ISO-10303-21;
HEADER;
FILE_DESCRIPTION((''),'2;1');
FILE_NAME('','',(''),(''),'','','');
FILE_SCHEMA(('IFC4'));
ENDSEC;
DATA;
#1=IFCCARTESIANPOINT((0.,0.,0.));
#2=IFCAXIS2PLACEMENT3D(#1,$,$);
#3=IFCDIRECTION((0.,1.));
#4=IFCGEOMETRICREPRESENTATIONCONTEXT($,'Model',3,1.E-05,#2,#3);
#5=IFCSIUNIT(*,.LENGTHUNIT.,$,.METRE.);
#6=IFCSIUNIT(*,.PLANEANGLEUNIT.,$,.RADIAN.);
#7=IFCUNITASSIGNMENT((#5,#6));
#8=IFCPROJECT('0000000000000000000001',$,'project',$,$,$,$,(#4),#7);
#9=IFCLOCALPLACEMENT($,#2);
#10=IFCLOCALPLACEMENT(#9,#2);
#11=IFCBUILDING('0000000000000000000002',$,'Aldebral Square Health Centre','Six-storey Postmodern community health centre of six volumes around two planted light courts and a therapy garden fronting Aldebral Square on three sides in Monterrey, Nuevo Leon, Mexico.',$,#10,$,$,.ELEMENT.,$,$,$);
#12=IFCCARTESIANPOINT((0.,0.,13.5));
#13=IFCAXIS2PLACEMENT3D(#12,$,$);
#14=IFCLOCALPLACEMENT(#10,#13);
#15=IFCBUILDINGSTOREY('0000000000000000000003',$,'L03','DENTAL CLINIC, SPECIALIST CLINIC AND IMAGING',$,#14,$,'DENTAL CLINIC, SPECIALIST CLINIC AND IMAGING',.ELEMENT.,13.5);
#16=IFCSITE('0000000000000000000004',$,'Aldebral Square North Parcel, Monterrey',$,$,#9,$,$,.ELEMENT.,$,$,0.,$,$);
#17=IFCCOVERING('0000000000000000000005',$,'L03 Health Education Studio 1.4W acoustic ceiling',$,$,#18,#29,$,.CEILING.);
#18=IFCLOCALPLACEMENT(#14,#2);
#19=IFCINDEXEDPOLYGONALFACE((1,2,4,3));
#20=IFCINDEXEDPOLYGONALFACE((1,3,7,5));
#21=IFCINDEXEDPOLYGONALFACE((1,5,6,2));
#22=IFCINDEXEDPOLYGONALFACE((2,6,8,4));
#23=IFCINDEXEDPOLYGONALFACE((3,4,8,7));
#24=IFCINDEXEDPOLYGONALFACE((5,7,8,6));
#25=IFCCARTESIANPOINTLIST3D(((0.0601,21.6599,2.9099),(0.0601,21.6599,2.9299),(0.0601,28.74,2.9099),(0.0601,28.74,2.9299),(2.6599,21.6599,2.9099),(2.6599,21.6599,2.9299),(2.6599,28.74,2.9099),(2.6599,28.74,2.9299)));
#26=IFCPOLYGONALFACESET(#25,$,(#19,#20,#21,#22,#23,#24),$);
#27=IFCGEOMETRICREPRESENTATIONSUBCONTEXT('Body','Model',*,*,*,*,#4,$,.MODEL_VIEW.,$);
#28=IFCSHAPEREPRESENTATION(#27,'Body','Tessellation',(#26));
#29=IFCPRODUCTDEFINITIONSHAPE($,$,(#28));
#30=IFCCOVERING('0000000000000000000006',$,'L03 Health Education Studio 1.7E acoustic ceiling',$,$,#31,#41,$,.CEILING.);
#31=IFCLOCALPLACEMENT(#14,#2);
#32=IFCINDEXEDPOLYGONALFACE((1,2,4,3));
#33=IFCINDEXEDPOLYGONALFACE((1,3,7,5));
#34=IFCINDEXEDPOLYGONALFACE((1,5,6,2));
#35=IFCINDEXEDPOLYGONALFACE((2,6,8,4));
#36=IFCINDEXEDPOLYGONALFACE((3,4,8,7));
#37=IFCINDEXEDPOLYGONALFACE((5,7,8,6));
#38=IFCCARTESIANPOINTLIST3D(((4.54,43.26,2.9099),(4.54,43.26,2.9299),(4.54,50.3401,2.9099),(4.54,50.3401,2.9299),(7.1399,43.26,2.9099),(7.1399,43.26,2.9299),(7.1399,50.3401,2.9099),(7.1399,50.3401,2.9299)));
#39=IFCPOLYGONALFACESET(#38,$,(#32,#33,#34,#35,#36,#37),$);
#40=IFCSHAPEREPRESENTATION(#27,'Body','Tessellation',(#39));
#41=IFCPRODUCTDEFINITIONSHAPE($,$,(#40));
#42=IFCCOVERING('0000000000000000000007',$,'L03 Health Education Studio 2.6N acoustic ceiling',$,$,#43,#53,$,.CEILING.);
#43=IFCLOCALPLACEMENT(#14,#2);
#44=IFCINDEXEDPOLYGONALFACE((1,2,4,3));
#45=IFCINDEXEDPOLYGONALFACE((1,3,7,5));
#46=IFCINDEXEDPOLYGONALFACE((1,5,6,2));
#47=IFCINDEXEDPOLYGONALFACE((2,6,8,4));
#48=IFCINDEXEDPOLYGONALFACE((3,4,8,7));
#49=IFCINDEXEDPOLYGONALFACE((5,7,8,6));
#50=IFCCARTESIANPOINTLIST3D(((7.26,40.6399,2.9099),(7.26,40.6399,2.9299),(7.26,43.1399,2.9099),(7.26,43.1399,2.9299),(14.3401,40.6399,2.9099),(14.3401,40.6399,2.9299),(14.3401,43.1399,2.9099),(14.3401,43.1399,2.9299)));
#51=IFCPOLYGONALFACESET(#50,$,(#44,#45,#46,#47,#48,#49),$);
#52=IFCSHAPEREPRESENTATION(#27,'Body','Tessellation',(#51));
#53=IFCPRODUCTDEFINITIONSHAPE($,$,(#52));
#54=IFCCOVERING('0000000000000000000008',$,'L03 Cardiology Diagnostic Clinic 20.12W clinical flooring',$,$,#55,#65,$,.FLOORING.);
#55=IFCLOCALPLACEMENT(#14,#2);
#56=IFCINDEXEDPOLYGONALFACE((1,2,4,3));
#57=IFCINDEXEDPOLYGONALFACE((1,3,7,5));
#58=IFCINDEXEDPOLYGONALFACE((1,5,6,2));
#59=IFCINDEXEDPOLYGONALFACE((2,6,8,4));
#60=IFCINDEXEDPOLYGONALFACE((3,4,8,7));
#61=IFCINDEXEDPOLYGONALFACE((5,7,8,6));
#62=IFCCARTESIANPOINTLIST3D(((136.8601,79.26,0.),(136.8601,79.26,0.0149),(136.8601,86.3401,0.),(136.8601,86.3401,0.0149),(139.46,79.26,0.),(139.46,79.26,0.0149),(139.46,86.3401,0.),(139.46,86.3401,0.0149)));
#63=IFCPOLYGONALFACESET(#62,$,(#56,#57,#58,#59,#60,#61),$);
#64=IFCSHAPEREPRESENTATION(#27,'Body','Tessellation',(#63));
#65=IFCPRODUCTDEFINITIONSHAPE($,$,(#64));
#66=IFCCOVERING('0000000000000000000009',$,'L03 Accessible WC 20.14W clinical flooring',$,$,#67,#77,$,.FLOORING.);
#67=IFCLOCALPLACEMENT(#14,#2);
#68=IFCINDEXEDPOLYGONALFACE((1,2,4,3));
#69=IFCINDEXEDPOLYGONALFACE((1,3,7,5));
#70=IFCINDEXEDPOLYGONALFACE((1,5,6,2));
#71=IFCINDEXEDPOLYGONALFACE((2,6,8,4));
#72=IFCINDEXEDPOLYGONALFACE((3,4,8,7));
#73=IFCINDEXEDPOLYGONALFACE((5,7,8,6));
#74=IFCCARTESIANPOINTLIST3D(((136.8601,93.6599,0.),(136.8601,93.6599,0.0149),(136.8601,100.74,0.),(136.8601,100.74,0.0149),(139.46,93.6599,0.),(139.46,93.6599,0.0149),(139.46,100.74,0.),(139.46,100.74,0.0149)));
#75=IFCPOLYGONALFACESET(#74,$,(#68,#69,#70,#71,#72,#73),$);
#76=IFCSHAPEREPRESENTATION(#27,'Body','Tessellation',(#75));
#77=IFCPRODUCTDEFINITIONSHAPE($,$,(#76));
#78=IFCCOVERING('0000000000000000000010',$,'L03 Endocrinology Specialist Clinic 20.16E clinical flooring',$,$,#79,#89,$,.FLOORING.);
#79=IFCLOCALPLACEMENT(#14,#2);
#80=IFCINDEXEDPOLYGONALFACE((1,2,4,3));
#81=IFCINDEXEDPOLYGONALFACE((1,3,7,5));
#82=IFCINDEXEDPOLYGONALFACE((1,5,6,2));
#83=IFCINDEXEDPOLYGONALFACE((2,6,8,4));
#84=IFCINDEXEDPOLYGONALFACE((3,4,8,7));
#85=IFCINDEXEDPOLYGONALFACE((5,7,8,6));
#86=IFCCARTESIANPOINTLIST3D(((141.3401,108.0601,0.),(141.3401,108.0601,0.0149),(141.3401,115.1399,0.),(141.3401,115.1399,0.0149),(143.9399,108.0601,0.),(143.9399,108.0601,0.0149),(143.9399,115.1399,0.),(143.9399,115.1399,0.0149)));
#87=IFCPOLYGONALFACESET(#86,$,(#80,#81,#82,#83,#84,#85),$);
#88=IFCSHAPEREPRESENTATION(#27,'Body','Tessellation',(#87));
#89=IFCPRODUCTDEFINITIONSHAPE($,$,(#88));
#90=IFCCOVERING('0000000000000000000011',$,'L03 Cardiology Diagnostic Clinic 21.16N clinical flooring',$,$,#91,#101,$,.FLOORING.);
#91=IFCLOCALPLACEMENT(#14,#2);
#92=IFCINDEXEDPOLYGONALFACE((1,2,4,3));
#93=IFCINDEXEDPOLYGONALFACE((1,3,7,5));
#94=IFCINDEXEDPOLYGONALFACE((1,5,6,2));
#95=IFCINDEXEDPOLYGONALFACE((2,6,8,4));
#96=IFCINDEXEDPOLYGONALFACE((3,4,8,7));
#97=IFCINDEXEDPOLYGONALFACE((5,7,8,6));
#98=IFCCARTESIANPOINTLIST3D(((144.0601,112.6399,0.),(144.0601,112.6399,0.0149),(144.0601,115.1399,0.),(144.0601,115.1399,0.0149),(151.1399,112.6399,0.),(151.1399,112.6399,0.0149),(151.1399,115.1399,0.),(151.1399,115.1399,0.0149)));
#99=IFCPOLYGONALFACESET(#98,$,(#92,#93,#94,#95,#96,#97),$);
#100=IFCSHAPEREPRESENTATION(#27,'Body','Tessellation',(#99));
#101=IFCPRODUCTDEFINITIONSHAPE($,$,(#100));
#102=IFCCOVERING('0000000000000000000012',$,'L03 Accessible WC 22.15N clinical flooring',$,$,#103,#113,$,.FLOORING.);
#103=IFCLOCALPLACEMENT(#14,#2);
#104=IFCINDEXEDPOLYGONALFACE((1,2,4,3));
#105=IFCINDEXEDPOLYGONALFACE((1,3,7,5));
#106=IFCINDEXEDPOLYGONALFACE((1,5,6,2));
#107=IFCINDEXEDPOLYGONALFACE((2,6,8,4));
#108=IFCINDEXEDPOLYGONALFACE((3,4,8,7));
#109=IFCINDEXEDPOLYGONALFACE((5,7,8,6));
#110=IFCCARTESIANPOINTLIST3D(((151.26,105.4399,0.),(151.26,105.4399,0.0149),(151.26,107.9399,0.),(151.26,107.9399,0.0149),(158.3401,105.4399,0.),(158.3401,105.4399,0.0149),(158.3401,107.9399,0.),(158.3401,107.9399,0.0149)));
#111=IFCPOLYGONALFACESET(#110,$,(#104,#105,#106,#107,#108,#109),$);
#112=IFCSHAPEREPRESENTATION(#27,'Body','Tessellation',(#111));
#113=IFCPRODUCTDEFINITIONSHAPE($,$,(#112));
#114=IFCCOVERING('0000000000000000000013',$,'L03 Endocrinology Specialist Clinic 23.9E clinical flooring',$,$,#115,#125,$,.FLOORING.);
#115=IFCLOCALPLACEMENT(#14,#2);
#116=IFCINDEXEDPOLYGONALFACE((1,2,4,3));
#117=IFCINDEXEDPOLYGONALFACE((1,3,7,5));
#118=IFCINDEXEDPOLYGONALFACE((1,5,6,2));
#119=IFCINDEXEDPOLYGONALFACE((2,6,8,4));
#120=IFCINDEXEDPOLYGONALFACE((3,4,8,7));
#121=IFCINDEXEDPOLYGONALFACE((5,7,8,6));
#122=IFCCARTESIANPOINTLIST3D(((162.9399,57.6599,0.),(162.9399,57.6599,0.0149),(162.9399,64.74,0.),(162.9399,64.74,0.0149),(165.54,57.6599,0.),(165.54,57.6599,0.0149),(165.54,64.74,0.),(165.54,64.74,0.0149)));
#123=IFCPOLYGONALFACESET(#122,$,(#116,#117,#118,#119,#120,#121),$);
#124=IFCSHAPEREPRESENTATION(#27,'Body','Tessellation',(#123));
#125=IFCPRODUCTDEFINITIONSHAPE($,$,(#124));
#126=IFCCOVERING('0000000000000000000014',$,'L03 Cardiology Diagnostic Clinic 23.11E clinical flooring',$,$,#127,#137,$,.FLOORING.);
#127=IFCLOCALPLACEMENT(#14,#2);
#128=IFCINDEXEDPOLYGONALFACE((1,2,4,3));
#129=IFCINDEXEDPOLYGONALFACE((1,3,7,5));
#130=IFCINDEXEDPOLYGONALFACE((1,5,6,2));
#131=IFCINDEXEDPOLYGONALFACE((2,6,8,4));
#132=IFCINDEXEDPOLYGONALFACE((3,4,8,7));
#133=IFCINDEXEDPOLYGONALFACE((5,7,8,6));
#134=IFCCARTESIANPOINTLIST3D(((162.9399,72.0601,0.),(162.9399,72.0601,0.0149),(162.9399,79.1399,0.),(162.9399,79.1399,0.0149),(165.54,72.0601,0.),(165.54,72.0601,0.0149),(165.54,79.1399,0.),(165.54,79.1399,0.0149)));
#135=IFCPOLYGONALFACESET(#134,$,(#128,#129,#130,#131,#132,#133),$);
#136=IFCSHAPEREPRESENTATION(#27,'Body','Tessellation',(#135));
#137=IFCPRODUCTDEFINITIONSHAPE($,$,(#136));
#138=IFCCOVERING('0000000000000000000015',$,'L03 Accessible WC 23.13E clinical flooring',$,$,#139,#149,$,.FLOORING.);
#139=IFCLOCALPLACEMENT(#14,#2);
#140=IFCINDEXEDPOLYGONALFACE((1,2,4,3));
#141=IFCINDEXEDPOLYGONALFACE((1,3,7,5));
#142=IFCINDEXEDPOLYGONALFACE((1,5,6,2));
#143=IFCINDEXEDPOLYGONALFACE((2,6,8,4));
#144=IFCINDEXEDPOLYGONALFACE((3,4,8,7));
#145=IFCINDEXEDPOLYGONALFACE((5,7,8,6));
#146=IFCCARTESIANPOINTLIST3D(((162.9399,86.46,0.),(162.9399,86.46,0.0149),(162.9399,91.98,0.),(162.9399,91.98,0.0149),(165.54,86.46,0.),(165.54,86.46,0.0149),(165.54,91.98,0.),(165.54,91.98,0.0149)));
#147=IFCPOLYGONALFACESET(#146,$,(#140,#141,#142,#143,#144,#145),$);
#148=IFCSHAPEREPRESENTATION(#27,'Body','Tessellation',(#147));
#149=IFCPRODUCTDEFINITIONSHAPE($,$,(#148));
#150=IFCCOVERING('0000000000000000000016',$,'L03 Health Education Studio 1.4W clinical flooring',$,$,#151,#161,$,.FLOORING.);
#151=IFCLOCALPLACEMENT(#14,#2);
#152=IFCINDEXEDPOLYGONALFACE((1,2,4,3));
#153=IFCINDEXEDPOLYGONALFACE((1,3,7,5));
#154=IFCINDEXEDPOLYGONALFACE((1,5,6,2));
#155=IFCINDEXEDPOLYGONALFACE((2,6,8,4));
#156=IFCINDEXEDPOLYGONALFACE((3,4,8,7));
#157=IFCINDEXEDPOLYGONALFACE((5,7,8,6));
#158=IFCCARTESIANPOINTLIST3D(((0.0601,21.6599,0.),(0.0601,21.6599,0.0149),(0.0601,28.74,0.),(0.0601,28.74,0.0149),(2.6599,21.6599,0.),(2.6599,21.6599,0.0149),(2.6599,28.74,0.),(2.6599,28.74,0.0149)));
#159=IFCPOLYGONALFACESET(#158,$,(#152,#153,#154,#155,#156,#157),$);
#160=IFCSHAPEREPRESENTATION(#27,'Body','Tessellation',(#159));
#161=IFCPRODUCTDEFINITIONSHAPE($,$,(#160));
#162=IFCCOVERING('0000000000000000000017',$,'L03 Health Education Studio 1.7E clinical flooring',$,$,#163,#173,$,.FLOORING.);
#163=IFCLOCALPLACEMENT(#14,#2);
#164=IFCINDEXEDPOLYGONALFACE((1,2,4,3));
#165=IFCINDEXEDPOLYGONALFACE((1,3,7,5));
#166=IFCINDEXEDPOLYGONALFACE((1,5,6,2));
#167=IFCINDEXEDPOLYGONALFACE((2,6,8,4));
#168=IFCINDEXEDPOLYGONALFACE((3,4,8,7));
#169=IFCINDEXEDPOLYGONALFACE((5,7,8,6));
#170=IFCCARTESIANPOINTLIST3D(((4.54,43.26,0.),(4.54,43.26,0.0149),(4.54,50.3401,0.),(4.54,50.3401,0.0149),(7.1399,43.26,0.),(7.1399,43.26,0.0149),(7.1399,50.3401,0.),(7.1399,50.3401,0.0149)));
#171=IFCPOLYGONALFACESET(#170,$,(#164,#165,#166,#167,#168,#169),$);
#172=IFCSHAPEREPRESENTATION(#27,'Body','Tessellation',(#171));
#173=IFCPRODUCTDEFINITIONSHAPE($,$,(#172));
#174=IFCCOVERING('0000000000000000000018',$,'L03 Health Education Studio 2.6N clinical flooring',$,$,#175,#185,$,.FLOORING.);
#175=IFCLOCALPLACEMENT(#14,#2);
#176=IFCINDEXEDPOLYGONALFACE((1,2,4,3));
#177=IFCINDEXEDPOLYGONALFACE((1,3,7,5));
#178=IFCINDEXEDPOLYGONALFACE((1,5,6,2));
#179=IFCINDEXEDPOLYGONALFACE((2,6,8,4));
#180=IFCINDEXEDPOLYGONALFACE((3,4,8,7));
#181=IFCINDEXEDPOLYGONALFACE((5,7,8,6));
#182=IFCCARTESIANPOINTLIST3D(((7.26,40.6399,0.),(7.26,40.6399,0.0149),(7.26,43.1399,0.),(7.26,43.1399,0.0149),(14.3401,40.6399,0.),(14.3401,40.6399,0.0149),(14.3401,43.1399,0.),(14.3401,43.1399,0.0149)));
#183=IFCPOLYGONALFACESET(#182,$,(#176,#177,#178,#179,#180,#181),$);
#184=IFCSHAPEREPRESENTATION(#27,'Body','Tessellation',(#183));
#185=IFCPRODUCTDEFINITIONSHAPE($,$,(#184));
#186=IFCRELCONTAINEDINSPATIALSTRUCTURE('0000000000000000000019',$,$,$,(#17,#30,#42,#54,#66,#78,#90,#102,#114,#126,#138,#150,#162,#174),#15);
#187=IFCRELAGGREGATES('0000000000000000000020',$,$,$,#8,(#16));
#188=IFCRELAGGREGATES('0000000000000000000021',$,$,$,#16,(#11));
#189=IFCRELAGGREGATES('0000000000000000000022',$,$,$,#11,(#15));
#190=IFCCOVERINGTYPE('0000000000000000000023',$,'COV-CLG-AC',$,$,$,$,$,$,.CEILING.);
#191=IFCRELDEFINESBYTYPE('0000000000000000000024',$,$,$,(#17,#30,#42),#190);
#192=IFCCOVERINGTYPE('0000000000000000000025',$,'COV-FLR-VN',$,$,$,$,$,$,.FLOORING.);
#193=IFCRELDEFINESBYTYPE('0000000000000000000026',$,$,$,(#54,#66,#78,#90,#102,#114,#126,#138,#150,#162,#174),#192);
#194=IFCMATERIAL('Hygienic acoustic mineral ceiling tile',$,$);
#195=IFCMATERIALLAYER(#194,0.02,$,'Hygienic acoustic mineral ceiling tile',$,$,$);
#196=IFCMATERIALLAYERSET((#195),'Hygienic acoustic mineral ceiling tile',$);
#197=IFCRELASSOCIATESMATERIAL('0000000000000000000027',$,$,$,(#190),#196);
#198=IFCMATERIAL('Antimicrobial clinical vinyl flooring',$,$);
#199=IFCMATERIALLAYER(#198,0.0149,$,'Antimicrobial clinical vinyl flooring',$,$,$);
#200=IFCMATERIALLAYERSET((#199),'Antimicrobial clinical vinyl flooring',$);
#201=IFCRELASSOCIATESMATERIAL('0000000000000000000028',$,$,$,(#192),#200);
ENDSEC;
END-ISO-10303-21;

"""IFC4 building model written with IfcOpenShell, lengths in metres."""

from ifc_helpers import new_model, si_unit, direction, frame, origin, place, context, subcontext, project, spatial, polyline, outline, extrude, material, layer, layer_set, type_object, element, save


model = new_model("IFC4")

# Units and contexts
model_context = context("Model", 3, precision=1e-05, world=origin(), true_north=direction((0.0, 1.0)))
body_context = subcontext(model_context, "Body", "Model", "MODEL_VIEW")
ifc_project = project(units=[si_unit("LENGTHUNIT", "METRE"), si_unit("PLANEANGLEUNIT", "RADIAN")], contexts=[model_context])

# Site, building, storey
site_placement = place(None, origin())
site = spatial("IfcSite", under=ifc_project, at=site_placement, Name="Aldebral Square North Parcel, Monterrey", CompositionType="ELEMENT", RefElevation=0.0)
building_placement = place(site_placement, origin())
building = spatial("IfcBuilding", under=site, at=building_placement, Name="Aldebral Square Health Centre", Description="Six-storey Postmodern community health centre of six volumes around two planted light courts and a therapy garden fronting Aldebral Square on three sides in Monterrey, Nuevo Leon, Mexico.", CompositionType="ELEMENT")
storey_placement = place(building_placement, frame((0.0, 0.0, 13.5)))
storey = spatial("IfcBuildingStorey", under=building, at=storey_placement, Name="L03", Description="DENTAL CLINIC, SPECIALIST CLINIC AND IMAGING", LongName="DENTAL CLINIC, SPECIALIST CLINIC AND IMAGING", CompositionType="ELEMENT", Elevation=13.5)

# Coverings
ifc_material_1 = material(Name="Hygienic acoustic mineral ceiling tile")
ifc_layer_1 = layer(ifc_material_1, 0.02, Name="Hygienic acoustic mineral ceiling tile")
ifc_layer_set_1 = layer_set([ifc_layer_1], Name="Hygienic acoustic mineral ceiling tile")
covering_type_1 = type_object("IfcCoveringType", Name="COV-CLG-AC", PredefinedType="CEILING", material=ifc_layer_set_1)
covering_1_placement = place(storey_placement, frame((0.0, 0.0, 2.9099)))
element("IfcCovering", 1, at=covering_1_placement, inside=storey, type_object=covering_type_1, Name="L03 Health Education Studio 1.4W acoustic ceiling", PredefinedType="CEILING", context=body_context, shape_type="SweptSolid", body=[
    extrude(outline(polyline([(0.0601, 21.6599), (2.6599, 21.6599), (2.6599, 28.74), (0.0601, 28.74), (0.0601, 21.6599)])), origin(), (0.0, 0.0, 1.0), 0.02),
])
covering_2_placement = place(storey_placement, frame((0.0, 0.0, 2.9099)))
element("IfcCovering", 2, at=covering_2_placement, inside=storey, type_object=covering_type_1, Name="L03 Health Education Studio 1.7E acoustic ceiling", PredefinedType="CEILING", context=body_context, shape_type="SweptSolid", body=[
    extrude(outline(polyline([(4.54, 43.26), (7.1399, 43.26), (7.1399, 50.3401), (4.54, 50.3401), (4.54, 43.26)])), origin(), (0.0, 0.0, 1.0), 0.02),
])
covering_3_placement = place(storey_placement, frame((0.0, 0.0, 2.9099)))
element("IfcCovering", 3, at=covering_3_placement, inside=storey, type_object=covering_type_1, Name="L03 Health Education Studio 2.6N acoustic ceiling", PredefinedType="CEILING", context=body_context, shape_type="SweptSolid", body=[
    extrude(outline(polyline([(7.26, 40.6399), (14.3401, 40.6399), (14.3401, 43.1399), (7.26, 43.1399), (7.26, 40.6399)])), origin(), (0.0, 0.0, 1.0), 0.02),
])
ifc_material_2 = material(Name="Antimicrobial clinical vinyl flooring")
ifc_layer_2 = layer(ifc_material_2, 0.0149, Name="Antimicrobial clinical vinyl flooring")
ifc_layer_set_2 = layer_set([ifc_layer_2], Name="Antimicrobial clinical vinyl flooring")
covering_type_2 = type_object("IfcCoveringType", Name="COV-FLR-VN", PredefinedType="FLOORING", material=ifc_layer_set_2)
covering_4_placement = place(storey_placement, origin())
element("IfcCovering", 4, at=covering_4_placement, inside=storey, type_object=covering_type_2, Name="L03 Cardiology Diagnostic Clinic 20.12W clinical flooring", PredefinedType="FLOORING", context=body_context, shape_type="SweptSolid", body=[
    extrude(outline(polyline([(136.8601, 79.26), (139.46, 79.26), (139.46, 86.3401), (136.8601, 86.3401), (136.8601, 79.26)])), origin(), (0.0, 0.0, 1.0), 0.0149),
])
covering_5_placement = place(storey_placement, origin())
element("IfcCovering", 5, at=covering_5_placement, inside=storey, type_object=covering_type_2, Name="L03 Accessible WC 20.14W clinical flooring", PredefinedType="FLOORING", context=body_context, shape_type="SweptSolid", body=[
    extrude(outline(polyline([(136.8601, 93.6599), (139.46, 93.6599), (139.46, 100.74), (136.8601, 100.74), (136.8601, 93.6599)])), origin(), (0.0, 0.0, 1.0), 0.0149),
])
covering_6_placement = place(storey_placement, origin())
element("IfcCovering", 6, at=covering_6_placement, inside=storey, type_object=covering_type_2, Name="L03 Endocrinology Specialist Clinic 20.16E clinical flooring", PredefinedType="FLOORING", context=body_context, shape_type="SweptSolid", body=[
    extrude(outline(polyline([(141.3401, 108.0601), (143.9399, 108.0601), (143.9399, 115.1399), (141.3401, 115.1399), (141.3401, 108.0601)])), origin(), (0.0, 0.0, 1.0), 0.0149),
])
covering_7_placement = place(storey_placement, origin())
element("IfcCovering", 7, at=covering_7_placement, inside=storey, type_object=covering_type_2, Name="L03 Cardiology Diagnostic Clinic 21.16N clinical flooring", PredefinedType="FLOORING", context=body_context, shape_type="SweptSolid", body=[
    extrude(outline(polyline([(144.0601, 112.6399), (151.1399, 112.6399), (151.1399, 115.1399), (144.0601, 115.1399), (144.0601, 112.6399)])), origin(), (0.0, 0.0, 1.0), 0.0149),
])
covering_8_placement = place(storey_placement, origin())
element("IfcCovering", 8, at=covering_8_placement, inside=storey, type_object=covering_type_2, Name="L03 Accessible WC 22.15N clinical flooring", PredefinedType="FLOORING", context=body_context, shape_type="SweptSolid", body=[
    extrude(outline(polyline([(151.26, 105.4399), (158.3401, 105.4399), (158.3401, 107.9399), (151.26, 107.9399), (151.26, 105.4399)])), origin(), (0.0, 0.0, 1.0), 0.0149),
])
covering_9_placement = place(storey_placement, origin())
element("IfcCovering", 9, at=covering_9_placement, inside=storey, type_object=covering_type_2, Name="L03 Endocrinology Specialist Clinic 23.9E clinical flooring", PredefinedType="FLOORING", context=body_context, shape_type="SweptSolid", body=[
    extrude(outline(polyline([(162.9399, 57.6599), (165.54, 57.6599), (165.54, 64.74), (162.9399, 64.74), (162.9399, 57.6599)])), origin(), (0.0, 0.0, 1.0), 0.0149),
])
covering_10_placement = place(storey_placement, origin())
element("IfcCovering", 10, at=covering_10_placement, inside=storey, type_object=covering_type_2, Name="L03 Cardiology Diagnostic Clinic 23.11E clinical flooring", PredefinedType="FLOORING", context=body_context, shape_type="SweptSolid", body=[
    extrude(outline(polyline([(162.9399, 72.0601), (165.54, 72.0601), (165.54, 79.1399), (162.9399, 79.1399), (162.9399, 72.0601)])), origin(), (0.0, 0.0, 1.0), 0.0149),
])
covering_11_placement = place(storey_placement, origin())
element("IfcCovering", 11, at=covering_11_placement, inside=storey, type_object=covering_type_2, Name="L03 Accessible WC 23.13E clinical flooring", PredefinedType="FLOORING", context=body_context, shape_type="SweptSolid", body=[
    extrude(outline(polyline([(162.9399, 86.46), (165.54, 86.46), (165.54, 91.98), (162.9399, 91.98), (162.9399, 86.46)])), origin(), (0.0, 0.0, 1.0), 0.0149),
])
covering_12_placement = place(storey_placement, origin())
element("IfcCovering", 12, at=covering_12_placement, inside=storey, type_object=covering_type_2, Name="L03 Health Education Studio 1.4W clinical flooring", PredefinedType="FLOORING", context=body_context, shape_type="SweptSolid", body=[
    extrude(outline(polyline([(0.0601, 21.6599), (2.6599, 21.6599), (2.6599, 28.74), (0.0601, 28.74), (0.0601, 21.6599)])), origin(), (0.0, 0.0, 1.0), 0.0149),
])
covering_13_placement = place(storey_placement, origin())
element("IfcCovering", 13, at=covering_13_placement, inside=storey, type_object=covering_type_2, Name="L03 Health Education Studio 1.7E clinical flooring", PredefinedType="FLOORING", context=body_context, shape_type="SweptSolid", body=[
    extrude(outline(polyline([(4.54, 43.26), (7.1399, 43.26), (7.1399, 50.3401), (4.54, 50.3401), (4.54, 43.26)])), origin(), (0.0, 0.0, 1.0), 0.0149),
])
covering_14_placement = place(storey_placement, origin())
element("IfcCovering", 14, at=covering_14_placement, inside=storey, type_object=covering_type_2, Name="L03 Health Education Studio 2.6N clinical flooring", PredefinedType="FLOORING", context=body_context, shape_type="SweptSolid", body=[
    extrude(outline(polyline([(7.26, 40.6399), (14.3401, 40.6399), (14.3401, 43.1399), (7.26, 43.1399), (7.26, 40.6399)])), origin(), (0.0, 0.0, 1.0), 0.0149),
])

save(model, "model.ifc")
